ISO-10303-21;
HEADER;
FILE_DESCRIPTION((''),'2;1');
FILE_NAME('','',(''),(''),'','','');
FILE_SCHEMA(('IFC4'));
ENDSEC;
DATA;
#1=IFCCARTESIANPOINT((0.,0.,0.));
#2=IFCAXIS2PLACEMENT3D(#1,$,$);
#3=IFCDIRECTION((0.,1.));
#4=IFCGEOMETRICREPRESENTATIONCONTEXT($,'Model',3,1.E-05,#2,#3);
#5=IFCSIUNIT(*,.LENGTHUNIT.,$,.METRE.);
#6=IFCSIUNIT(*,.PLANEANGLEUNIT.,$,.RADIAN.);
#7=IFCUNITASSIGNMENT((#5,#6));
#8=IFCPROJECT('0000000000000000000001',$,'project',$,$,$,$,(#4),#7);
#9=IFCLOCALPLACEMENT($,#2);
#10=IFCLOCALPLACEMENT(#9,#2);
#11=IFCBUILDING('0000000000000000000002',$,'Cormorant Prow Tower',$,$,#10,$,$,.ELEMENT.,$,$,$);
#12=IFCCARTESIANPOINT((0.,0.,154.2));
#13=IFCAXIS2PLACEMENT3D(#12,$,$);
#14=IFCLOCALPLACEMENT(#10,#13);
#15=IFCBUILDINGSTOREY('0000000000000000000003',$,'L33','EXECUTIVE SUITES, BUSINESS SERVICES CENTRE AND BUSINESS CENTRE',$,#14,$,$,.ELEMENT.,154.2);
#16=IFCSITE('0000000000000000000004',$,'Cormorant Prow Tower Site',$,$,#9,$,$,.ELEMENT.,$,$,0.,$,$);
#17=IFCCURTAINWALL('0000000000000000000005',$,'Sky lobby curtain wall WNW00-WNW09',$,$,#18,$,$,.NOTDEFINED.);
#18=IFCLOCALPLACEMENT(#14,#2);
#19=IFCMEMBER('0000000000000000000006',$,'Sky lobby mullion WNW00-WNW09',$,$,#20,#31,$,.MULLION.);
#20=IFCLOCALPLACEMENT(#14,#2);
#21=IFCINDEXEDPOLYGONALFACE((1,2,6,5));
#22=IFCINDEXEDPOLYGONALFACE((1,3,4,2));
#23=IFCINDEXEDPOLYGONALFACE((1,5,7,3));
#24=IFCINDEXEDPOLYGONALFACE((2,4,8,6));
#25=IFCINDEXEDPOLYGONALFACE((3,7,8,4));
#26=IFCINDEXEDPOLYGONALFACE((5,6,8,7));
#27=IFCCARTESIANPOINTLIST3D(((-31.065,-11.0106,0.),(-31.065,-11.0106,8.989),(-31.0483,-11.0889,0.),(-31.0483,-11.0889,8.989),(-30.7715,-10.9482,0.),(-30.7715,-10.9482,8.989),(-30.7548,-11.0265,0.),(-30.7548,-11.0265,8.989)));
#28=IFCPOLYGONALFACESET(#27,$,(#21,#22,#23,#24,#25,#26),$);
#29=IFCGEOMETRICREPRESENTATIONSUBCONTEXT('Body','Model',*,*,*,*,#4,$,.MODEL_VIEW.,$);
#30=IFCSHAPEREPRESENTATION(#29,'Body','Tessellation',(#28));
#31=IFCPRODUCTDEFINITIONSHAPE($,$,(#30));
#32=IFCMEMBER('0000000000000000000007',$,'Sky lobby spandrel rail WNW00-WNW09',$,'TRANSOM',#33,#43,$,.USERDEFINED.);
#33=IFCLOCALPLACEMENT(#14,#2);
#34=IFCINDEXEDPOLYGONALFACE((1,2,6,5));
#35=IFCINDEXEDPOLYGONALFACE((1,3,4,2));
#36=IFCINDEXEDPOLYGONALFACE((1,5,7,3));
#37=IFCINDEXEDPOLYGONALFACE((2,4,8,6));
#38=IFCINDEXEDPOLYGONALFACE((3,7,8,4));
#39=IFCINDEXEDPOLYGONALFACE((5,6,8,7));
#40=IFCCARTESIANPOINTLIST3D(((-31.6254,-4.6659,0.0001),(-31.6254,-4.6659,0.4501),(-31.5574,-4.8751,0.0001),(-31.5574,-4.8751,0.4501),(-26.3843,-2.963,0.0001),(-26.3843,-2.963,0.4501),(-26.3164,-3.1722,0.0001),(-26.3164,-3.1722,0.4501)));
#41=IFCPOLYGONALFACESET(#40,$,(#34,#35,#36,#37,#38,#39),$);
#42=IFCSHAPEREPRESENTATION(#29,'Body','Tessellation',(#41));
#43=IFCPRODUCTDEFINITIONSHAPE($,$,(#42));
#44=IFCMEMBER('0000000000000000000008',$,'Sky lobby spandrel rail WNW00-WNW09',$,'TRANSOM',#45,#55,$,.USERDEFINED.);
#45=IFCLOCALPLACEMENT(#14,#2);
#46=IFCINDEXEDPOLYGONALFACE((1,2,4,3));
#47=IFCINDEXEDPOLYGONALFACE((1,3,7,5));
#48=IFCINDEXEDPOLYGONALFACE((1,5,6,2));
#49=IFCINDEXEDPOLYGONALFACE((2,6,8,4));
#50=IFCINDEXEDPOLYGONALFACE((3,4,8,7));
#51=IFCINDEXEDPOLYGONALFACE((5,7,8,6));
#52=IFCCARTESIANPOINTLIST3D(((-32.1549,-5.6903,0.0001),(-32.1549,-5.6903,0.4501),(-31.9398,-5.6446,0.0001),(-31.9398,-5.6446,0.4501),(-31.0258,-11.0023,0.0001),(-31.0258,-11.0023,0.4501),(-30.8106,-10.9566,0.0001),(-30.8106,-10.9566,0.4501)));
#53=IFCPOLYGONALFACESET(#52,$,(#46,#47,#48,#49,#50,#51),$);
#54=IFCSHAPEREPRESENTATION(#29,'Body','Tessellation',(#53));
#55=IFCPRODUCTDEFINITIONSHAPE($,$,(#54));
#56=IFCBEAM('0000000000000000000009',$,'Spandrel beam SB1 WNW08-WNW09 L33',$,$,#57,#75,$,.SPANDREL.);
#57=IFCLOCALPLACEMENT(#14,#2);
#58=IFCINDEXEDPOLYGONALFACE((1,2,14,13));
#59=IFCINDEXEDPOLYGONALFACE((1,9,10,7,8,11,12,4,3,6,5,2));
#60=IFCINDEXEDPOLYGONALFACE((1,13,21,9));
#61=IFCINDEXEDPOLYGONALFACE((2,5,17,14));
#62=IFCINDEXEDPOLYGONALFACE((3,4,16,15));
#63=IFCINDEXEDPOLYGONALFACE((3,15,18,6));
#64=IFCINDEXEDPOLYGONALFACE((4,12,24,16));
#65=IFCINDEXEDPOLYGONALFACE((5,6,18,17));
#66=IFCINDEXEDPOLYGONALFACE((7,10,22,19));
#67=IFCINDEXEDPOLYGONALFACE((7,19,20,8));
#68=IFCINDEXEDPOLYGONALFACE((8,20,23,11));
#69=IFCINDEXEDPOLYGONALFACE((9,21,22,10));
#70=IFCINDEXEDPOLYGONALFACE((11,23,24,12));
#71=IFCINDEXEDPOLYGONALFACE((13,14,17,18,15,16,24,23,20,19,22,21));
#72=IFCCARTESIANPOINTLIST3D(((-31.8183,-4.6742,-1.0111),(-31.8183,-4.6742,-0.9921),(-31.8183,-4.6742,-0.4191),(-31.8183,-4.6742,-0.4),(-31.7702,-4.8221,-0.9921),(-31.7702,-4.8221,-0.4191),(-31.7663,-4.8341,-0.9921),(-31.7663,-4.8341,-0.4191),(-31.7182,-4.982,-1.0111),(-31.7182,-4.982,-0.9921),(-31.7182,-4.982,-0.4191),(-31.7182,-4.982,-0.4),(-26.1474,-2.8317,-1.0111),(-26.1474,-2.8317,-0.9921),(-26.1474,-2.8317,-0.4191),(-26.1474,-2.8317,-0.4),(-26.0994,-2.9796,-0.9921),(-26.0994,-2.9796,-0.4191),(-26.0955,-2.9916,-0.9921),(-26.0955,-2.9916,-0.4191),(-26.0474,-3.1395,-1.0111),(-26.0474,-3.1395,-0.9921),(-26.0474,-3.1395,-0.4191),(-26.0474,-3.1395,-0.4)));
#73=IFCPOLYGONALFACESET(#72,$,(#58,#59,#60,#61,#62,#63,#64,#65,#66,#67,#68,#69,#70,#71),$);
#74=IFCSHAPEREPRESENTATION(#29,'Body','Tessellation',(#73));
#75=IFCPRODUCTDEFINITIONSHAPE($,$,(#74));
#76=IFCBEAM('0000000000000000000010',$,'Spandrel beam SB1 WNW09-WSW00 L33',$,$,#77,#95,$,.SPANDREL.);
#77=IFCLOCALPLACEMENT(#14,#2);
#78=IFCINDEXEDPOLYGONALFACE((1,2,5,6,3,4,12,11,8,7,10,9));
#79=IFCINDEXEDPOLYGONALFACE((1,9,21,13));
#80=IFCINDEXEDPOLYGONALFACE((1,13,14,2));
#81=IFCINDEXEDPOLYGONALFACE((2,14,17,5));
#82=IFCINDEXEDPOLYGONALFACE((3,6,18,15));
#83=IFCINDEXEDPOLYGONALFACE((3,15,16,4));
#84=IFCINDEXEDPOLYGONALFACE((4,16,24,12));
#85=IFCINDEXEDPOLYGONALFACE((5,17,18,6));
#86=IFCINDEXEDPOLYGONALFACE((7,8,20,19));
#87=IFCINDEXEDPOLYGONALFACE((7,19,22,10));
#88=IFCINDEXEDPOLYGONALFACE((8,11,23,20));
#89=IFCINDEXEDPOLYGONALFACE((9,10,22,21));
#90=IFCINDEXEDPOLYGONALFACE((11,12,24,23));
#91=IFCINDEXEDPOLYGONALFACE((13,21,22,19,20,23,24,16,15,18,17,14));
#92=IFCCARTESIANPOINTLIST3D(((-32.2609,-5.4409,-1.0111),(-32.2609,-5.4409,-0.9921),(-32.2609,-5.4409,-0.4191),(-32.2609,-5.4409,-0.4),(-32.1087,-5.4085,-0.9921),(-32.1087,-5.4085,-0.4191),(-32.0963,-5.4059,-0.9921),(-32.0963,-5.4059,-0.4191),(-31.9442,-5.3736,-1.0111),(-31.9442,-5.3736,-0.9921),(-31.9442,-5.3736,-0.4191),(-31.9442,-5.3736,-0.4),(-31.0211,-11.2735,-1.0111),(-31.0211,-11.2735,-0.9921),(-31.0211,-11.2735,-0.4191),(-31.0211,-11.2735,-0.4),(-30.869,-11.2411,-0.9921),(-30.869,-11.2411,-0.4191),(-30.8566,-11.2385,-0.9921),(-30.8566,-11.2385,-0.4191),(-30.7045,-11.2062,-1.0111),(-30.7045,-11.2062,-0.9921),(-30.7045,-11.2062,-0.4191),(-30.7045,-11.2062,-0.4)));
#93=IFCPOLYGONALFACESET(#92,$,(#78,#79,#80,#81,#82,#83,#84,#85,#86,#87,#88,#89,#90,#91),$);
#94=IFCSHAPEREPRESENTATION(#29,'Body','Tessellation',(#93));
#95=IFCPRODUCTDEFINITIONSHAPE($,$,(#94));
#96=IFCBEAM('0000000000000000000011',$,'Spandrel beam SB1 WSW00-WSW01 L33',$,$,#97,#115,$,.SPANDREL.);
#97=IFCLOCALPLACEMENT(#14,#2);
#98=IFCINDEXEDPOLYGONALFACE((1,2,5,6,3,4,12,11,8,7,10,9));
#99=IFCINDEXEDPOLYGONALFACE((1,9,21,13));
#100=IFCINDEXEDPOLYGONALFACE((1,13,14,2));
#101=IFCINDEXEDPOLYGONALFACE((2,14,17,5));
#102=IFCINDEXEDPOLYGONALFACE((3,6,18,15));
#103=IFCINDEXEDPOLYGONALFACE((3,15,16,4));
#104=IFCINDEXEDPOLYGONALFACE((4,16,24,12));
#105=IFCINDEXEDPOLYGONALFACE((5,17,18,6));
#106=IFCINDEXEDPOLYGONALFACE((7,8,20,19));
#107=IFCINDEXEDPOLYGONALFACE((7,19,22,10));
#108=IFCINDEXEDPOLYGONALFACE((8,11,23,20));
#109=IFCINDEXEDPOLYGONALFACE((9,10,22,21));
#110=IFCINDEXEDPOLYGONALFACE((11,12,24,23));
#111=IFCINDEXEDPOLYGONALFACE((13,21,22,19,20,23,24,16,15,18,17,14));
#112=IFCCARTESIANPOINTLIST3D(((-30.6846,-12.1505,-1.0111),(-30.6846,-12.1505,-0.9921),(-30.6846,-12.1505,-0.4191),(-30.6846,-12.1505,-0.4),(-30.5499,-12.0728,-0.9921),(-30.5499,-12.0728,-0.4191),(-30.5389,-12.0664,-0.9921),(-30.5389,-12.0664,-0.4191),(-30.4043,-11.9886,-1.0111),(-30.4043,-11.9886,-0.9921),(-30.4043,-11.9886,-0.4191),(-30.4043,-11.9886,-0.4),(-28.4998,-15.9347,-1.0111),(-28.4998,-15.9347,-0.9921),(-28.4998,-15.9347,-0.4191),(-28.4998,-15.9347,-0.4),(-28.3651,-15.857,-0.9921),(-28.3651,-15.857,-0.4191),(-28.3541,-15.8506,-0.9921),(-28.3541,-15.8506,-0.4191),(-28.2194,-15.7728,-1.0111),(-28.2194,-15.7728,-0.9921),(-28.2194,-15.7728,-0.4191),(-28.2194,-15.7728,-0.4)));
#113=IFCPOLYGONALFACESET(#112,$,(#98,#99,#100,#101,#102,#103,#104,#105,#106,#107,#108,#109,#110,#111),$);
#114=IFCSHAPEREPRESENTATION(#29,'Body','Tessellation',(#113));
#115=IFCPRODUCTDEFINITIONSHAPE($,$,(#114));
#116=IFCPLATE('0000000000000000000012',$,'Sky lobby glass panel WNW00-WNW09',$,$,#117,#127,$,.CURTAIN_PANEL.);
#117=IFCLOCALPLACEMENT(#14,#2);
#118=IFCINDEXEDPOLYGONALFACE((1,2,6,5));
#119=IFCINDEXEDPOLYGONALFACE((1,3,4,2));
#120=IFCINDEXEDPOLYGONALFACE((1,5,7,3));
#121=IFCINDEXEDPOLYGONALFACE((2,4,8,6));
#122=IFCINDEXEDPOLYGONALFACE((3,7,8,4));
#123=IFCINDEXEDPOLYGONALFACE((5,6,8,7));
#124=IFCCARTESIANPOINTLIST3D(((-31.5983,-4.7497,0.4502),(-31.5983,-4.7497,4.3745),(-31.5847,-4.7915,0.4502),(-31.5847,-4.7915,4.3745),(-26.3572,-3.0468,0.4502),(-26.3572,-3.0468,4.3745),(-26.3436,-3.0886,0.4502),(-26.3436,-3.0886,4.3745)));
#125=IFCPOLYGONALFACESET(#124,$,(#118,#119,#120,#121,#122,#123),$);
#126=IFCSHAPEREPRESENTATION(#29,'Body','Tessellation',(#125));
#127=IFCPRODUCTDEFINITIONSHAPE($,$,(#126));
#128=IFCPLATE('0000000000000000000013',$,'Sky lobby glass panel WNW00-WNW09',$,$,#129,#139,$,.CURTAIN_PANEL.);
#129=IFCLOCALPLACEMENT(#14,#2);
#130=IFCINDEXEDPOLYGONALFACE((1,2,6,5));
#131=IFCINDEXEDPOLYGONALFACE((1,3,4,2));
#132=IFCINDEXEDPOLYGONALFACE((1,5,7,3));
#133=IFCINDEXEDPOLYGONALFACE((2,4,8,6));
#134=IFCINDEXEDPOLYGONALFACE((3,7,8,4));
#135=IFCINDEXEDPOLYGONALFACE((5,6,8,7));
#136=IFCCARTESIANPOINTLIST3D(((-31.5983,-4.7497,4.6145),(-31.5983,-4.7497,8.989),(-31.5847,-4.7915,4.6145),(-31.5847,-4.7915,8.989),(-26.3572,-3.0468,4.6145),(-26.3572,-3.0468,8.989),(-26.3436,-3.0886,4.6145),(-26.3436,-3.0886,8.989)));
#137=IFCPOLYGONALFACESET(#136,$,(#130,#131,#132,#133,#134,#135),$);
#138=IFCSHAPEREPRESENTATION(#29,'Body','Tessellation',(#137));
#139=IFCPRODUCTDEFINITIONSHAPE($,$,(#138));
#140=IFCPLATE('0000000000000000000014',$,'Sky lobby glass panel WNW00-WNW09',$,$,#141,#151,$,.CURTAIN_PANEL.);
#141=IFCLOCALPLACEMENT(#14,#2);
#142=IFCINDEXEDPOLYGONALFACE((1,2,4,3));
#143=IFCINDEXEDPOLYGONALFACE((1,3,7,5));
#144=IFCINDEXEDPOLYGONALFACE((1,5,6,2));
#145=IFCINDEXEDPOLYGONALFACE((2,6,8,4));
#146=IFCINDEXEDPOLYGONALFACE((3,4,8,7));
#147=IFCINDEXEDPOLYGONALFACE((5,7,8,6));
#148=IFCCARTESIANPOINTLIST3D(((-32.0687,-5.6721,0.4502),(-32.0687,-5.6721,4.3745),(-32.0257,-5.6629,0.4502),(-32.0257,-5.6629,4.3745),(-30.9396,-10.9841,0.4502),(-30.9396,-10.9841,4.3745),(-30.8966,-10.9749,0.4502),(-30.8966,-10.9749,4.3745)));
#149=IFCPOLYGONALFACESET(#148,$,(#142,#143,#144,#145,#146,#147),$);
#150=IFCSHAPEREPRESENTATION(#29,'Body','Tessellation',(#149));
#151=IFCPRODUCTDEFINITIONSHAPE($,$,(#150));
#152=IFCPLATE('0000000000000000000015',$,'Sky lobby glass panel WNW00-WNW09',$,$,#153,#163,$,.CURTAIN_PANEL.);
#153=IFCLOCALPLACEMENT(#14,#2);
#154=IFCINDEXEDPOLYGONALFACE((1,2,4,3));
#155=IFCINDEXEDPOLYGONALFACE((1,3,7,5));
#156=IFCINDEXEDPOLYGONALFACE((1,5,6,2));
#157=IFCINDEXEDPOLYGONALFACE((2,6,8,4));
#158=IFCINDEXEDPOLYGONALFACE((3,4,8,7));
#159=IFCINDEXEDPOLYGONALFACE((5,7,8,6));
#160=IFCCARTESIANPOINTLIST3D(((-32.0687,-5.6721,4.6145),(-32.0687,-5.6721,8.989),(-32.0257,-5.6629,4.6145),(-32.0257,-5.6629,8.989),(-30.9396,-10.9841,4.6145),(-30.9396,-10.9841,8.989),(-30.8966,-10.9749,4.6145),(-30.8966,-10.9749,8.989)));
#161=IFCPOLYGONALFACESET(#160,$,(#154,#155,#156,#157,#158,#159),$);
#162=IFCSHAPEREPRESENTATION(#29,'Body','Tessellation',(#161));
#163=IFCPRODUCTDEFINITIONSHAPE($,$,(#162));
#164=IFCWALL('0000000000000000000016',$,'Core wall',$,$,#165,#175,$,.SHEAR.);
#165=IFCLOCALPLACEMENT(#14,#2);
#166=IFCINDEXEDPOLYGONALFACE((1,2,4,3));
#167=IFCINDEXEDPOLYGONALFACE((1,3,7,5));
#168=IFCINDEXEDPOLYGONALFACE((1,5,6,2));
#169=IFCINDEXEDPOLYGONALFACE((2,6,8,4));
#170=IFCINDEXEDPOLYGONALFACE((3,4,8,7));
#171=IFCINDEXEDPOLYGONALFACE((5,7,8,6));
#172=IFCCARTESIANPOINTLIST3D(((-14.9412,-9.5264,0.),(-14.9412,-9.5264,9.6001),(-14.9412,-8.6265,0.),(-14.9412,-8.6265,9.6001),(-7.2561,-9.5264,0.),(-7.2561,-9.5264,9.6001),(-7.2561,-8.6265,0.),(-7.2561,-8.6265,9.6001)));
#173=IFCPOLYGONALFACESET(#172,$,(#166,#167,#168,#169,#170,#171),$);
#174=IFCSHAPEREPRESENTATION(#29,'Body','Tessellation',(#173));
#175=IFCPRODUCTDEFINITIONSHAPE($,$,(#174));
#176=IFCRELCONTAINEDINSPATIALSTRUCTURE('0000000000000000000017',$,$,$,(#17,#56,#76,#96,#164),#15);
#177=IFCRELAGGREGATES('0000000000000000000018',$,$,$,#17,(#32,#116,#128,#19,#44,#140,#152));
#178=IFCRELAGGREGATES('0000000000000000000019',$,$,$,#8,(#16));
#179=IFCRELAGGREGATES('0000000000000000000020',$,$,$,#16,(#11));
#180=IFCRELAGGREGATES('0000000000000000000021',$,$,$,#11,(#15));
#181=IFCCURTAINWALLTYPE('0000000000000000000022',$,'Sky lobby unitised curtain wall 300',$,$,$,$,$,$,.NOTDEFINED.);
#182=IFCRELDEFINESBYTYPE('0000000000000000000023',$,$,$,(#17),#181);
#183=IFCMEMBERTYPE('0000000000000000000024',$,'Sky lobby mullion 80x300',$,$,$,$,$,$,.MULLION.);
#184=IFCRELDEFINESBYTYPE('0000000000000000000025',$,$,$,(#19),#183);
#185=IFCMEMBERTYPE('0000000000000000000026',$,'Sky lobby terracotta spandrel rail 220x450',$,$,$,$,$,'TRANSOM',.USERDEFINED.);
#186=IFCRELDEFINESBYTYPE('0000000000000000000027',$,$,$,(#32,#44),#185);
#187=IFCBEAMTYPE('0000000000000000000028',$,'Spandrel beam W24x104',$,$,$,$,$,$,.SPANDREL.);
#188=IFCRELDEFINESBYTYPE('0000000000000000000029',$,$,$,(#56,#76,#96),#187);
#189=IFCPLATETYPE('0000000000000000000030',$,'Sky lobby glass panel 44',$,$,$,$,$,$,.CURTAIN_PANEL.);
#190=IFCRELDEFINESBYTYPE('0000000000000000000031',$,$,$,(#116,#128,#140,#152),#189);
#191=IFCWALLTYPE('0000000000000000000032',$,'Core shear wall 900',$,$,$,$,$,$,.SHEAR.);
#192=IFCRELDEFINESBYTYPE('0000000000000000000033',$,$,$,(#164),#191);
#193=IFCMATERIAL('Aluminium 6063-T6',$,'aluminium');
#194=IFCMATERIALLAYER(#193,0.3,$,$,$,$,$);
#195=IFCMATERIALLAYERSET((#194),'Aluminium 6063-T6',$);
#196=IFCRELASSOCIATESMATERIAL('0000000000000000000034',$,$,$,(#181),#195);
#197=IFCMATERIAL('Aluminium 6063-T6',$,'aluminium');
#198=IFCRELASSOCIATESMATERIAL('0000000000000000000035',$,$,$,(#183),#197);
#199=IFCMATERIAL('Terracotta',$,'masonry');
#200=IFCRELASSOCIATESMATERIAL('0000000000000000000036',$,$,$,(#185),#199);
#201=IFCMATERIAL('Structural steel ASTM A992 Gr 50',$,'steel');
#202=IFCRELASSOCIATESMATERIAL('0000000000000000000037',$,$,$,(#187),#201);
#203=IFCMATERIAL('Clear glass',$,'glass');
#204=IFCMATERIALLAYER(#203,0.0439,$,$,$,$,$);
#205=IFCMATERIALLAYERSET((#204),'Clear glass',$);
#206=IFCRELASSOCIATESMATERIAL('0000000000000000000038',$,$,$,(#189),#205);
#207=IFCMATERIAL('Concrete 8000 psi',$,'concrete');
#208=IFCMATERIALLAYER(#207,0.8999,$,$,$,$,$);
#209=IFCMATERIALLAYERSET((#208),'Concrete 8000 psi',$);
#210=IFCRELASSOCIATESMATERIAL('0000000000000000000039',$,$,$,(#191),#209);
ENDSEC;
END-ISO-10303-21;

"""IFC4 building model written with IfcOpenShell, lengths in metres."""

from ifc_helpers import new_model, si_unit, direction, frame, frame_2d, origin, origin_2d, place, context, subcontext, project, spatial, rectangle, i_section, extrude, material, layer, layer_set, material_profile, profile_set, type_object, element, aggregate, save


model = new_model("IFC4")

# Units and contexts
model_context = context("Model", 3, precision=1e-05, world=origin(), true_north=direction((0.0, 1.0)))
body_context = subcontext(model_context, "Body", "Model", "MODEL_VIEW")
ifc_project = project(units=[si_unit("LENGTHUNIT", "METRE"), si_unit("PLANEANGLEUNIT", "RADIAN")], contexts=[model_context])

# Site, building, storey
site_placement = place(None, origin())
site = spatial("IfcSite", under=ifc_project, at=site_placement, Name="Cormorant Prow Tower Site", CompositionType="ELEMENT", RefElevation=0.0)
building_placement = place(site_placement, origin())
building = spatial("IfcBuilding", under=site, at=building_placement, Name="Cormorant Prow Tower", CompositionType="ELEMENT")
storey_placement = place(building_placement, frame((0.0, 0.0, 154.2)))
storey = spatial("IfcBuildingStorey", under=building, at=storey_placement, Name="L33", Description="EXECUTIVE SUITES, BUSINESS SERVICES CENTRE AND BUSINESS CENTRE", CompositionType="ELEMENT", Elevation=154.2)

# Curtain wall, members
ifc_material_1 = material(Name="Aluminium 6063-T6", Category="aluminium")
ifc_layer_1 = layer(ifc_material_1, 0.3)
ifc_layer_set_1 = layer_set([ifc_layer_1], Name="Aluminium 6063-T6")
curtain_wall_type = type_object("IfcCurtainWallType", Name="Sky lobby unitised curtain wall 300", PredefinedType="NOTDEFINED", material=ifc_layer_set_1)
curtain_wall_placement = place(storey_placement, origin())
curtain_wall = element("IfcCurtainWall", 1, at=curtain_wall_placement, inside=storey, type_object=curtain_wall_type, Name="Sky lobby curtain wall WNW00-WNW09", PredefinedType="NOTDEFINED")
ifc_material_2 = material(Name="Aluminium 6063-T6", Category="aluminium")
ifc_material_profile_1 = material_profile(ifc_material_2, rectangle(XDim=0.3, YDim=0.0801, at=origin_2d()), Name="Sky lobby mullion 80x300")
ifc_profile_set_1 = profile_set([ifc_material_profile_1], Name="Aluminium 6063-T6")
member_type_1 = type_object("IfcMemberType", Name="Sky lobby mullion 80x300", PredefinedType="MULLION", material=ifc_profile_set_1)
member_1_placement = place(storey_placement, frame((-30.9099, -11.0186, 0.0), z_axis=(0.0, 0.0, 1.0), x_axis=(0.978148, 0.207912, 0.0)))
member_1 = element("IfcMember", 2, at=member_1_placement, type_object=member_type_1, Name="Sky lobby mullion WNW00-WNW09", PredefinedType="MULLION", context=body_context, shape_type="SweptSolid", body=[
    extrude(rectangle(XDim=0.3, YDim=0.0801, at=origin_2d()), origin(), (0.0, 0.0, 1.0), 8.989),
])
ifc_material_3 = material(Name="Terracotta", Category="masonry")
ifc_material_profile_2 = material_profile(ifc_material_3, rectangle(XDim=0.22, YDim=0.45, at=origin_2d()), Name="Sky lobby terracotta spandrel rail 220x450")
ifc_profile_set_2 = profile_set([ifc_material_profile_2], Name="Terracotta")
member_type_2 = type_object("IfcMemberType", Name="Sky lobby terracotta spandrel rail 220x450", ElementType="TRANSOM", PredefinedType="USERDEFINED", material=ifc_profile_set_2)
member_2_placement = place(storey_placement, frame((-26.3503, -3.0676, 0.2251), z_axis=(-0.951057, -0.309015, 0.0), x_axis=(0.309015, -0.951057, 0.0)))
member_2 = element("IfcMember", 3, at=member_2_placement, type_object=member_type_2, Name="Sky lobby spandrel rail WNW00-WNW09", ObjectType="TRANSOM", PredefinedType="USERDEFINED", context=body_context, shape_type="SweptSolid", body=[
    extrude(rectangle(XDim=0.22, YDim=0.45, at=origin_2d()), origin(), (0.0, 0.0, 1.0), 5.5107),
])
member_3_placement = place(storey_placement, frame((-32.0474, -5.6675, 0.2251), z_axis=(0.20792, -0.978146, 0.0), x_axis=(0.978146, 0.20792, 0.0)))
member_3 = element("IfcMember", 4, at=member_3_placement, type_object=member_type_2, Name="Sky lobby spandrel rail WNW00-WNW09", ObjectType="TRANSOM", PredefinedType="USERDEFINED", context=body_context, shape_type="SweptSolid", body=[
    extrude(rectangle(XDim=0.22, YDim=0.45, at=origin_2d()), origin(), (0.0, 0.0, 1.0), 5.4307),
])

# Beams
ifc_material_4 = material(Name="Structural steel ASTM A992 Gr 50", Category="steel")
ifc_material_profile_3 = material_profile(ifc_material_4, i_section(OverallWidth=0.3237, OverallDepth=0.6111, WebThickness=0.0127, FlangeThickness=0.019, at=origin_2d()), Name="W24x104")
ifc_profile_set_3 = profile_set([ifc_material_profile_3], Name="Structural steel ASTM A992 Gr 50")
beam_type_1 = type_object("IfcBeamType", Name="Spandrel beam W24x104", PredefinedType="SPANDREL", material=ifc_profile_set_3)
beam_1_placement = place(storey_placement, frame((-26.0974, -2.9856, -0.7056), z_axis=(-0.951059, -0.309008, 0.0), x_axis=(0.309008, -0.951059, 0.0)))
element("IfcBeam", 5, at=beam_1_placement, inside=storey, type_object=beam_type_1, Name="Spandrel beam SB1 WNW08-WNW09 L33", PredefinedType="SPANDREL", context=body_context, shape_type="SweptSolid", body=[
    extrude(i_section(OverallWidth=0.3237, OverallDepth=0.6111, WebThickness=0.0127, FlangeThickness=0.019, at=origin_2d()), origin(), (0.0, 0.0, 1.0), 5.9626),
])
beam_2_placement = place(storey_placement, frame((-32.1025, -5.4072, -0.7056), z_axis=(0.207913, -0.978147, 0.0), x_axis=(0.978147, 0.207913, 0.0)))
element("IfcBeam", 6, at=beam_2_placement, inside=storey, type_object=beam_type_1, Name="Spandrel beam SB1 WNW09-WSW00 L33", PredefinedType="SPANDREL", context=body_context, shape_type="SweptSolid", body=[
    extrude(i_section(OverallWidth=0.3237, OverallDepth=0.6111, WebThickness=0.0127, FlangeThickness=0.019, at=origin_2d()), origin(), (0.0, 0.0, 1.0), 5.9629),
])
beam_3_placement = place(storey_placement, frame((-30.5444, -12.0696, -0.7056), z_axis=(0.500003, -0.866024, 0.0), x_axis=(0.866024, 0.500003, 0.0)))
element("IfcBeam", 7, at=beam_3_placement, inside=storey, type_object=beam_type_1, Name="Spandrel beam SB1 WSW00-WSW01 L33", PredefinedType="SPANDREL", context=body_context, shape_type="SweptSolid", body=[
    extrude(i_section(OverallWidth=0.3237, OverallDepth=0.6111, WebThickness=0.0127, FlangeThickness=0.019, at=origin_2d()), origin(), (0.0, 0.0, 1.0), 4.3696),
])

# Plates
ifc_material_5 = material(Name="Clear glass", Category="glass")
ifc_layer_2 = layer(ifc_material_5, 0.0439)
ifc_layer_set_2 = layer_set([ifc_layer_2], Name="Clear glass")
plate_type = type_object("IfcPlateType", Name="Sky lobby glass panel 44", PredefinedType="CURTAIN_PANEL", material=ifc_layer_set_2)
plate_1_placement = place(storey_placement, frame((-28.9709, -3.9192, 0.4502), z_axis=(0.0, 0.0, 1.0), x_axis=(-0.951057, -0.309017, 0.0)))
plate_1 = element("IfcPlate", 8, at=plate_1_placement, type_object=plate_type, Name="Sky lobby glass panel WNW00-WNW09", PredefinedType="CURTAIN_PANEL", context=body_context, shape_type="SweptSolid", body=[
    extrude(rectangle(XDim=5.5107, YDim=0.0439, at=origin_2d()), origin(), (0.0, 0.0, 1.0), 3.9243),
])
plate_2_placement = place(storey_placement, frame((-28.9709, -3.9192, 4.6145), z_axis=(0.0, 0.0, 1.0), x_axis=(-0.951057, -0.309017, 0.0)))
plate_2 = element("IfcPlate", 9, at=plate_2_placement, type_object=plate_type, Name="Sky lobby glass panel WNW00-WNW09", PredefinedType="CURTAIN_PANEL", context=body_context, shape_type="SweptSolid", body=[
    extrude(rectangle(XDim=5.5107, YDim=0.0439, at=origin_2d()), origin(), (0.0, 0.0, 1.0), 4.3745),
])
plate_3_placement = place(storey_placement, frame((-31.4827, -8.3235, 0.4502), z_axis=(0.0, 0.0, 1.0), x_axis=(0.207912, -0.978148, 0.0)))
plate_3 = element("IfcPlate", 10, at=plate_3_placement, type_object=plate_type, Name="Sky lobby glass panel WNW00-WNW09", PredefinedType="CURTAIN_PANEL", context=body_context, shape_type="SweptSolid", body=[
    extrude(rectangle(XDim=5.4307, YDim=0.0439, at=origin_2d()), origin(), (0.0, 0.0, 1.0), 3.9243),
])
plate_4_placement = place(storey_placement, frame((-31.4827, -8.3235, 4.6145), z_axis=(0.0, 0.0, 1.0), x_axis=(0.207912, -0.978148, 0.0)))
plate_4 = element("IfcPlate", 11, at=plate_4_placement, type_object=plate_type, Name="Sky lobby glass panel WNW00-WNW09", PredefinedType="CURTAIN_PANEL", context=body_context, shape_type="SweptSolid", body=[
    extrude(rectangle(XDim=5.4307, YDim=0.0439, at=origin_2d()), origin(), (0.0, 0.0, 1.0), 4.3745),
])
aggregate(curtain_wall, [member_2, plate_1, plate_2, member_1, member_3, plate_3, plate_4])

# Wall
ifc_material_6 = material(Name="Concrete 8000 psi", Category="concrete")
ifc_layer_3 = layer(ifc_material_6, 0.8999)
ifc_layer_set_3 = layer_set([ifc_layer_3], Name="Concrete 8000 psi")
wall_type_1 = type_object("IfcWallType", Name="Core shear wall 900", PredefinedType="SHEAR", material=ifc_layer_set_3)
wall_1_placement = place(storey_placement, frame((-14.9412, -9.0764, 0.0), z_axis=(0.0, 0.0, 1.0), x_axis=(1.0, 0.0, 0.0)))
element("IfcWall", 12, at=wall_1_placement, inside=storey, type_object=wall_type_1, Name="Core wall", PredefinedType="SHEAR", context=body_context, shape_type="SweptSolid", body=[
    extrude(rectangle(XDim=7.6851, YDim=0.8999, at=frame_2d((3.8425, 0.0))), origin(), (0.0, 0.0, 1.0), 9.6001),
])

save(model, "model.ifc")
